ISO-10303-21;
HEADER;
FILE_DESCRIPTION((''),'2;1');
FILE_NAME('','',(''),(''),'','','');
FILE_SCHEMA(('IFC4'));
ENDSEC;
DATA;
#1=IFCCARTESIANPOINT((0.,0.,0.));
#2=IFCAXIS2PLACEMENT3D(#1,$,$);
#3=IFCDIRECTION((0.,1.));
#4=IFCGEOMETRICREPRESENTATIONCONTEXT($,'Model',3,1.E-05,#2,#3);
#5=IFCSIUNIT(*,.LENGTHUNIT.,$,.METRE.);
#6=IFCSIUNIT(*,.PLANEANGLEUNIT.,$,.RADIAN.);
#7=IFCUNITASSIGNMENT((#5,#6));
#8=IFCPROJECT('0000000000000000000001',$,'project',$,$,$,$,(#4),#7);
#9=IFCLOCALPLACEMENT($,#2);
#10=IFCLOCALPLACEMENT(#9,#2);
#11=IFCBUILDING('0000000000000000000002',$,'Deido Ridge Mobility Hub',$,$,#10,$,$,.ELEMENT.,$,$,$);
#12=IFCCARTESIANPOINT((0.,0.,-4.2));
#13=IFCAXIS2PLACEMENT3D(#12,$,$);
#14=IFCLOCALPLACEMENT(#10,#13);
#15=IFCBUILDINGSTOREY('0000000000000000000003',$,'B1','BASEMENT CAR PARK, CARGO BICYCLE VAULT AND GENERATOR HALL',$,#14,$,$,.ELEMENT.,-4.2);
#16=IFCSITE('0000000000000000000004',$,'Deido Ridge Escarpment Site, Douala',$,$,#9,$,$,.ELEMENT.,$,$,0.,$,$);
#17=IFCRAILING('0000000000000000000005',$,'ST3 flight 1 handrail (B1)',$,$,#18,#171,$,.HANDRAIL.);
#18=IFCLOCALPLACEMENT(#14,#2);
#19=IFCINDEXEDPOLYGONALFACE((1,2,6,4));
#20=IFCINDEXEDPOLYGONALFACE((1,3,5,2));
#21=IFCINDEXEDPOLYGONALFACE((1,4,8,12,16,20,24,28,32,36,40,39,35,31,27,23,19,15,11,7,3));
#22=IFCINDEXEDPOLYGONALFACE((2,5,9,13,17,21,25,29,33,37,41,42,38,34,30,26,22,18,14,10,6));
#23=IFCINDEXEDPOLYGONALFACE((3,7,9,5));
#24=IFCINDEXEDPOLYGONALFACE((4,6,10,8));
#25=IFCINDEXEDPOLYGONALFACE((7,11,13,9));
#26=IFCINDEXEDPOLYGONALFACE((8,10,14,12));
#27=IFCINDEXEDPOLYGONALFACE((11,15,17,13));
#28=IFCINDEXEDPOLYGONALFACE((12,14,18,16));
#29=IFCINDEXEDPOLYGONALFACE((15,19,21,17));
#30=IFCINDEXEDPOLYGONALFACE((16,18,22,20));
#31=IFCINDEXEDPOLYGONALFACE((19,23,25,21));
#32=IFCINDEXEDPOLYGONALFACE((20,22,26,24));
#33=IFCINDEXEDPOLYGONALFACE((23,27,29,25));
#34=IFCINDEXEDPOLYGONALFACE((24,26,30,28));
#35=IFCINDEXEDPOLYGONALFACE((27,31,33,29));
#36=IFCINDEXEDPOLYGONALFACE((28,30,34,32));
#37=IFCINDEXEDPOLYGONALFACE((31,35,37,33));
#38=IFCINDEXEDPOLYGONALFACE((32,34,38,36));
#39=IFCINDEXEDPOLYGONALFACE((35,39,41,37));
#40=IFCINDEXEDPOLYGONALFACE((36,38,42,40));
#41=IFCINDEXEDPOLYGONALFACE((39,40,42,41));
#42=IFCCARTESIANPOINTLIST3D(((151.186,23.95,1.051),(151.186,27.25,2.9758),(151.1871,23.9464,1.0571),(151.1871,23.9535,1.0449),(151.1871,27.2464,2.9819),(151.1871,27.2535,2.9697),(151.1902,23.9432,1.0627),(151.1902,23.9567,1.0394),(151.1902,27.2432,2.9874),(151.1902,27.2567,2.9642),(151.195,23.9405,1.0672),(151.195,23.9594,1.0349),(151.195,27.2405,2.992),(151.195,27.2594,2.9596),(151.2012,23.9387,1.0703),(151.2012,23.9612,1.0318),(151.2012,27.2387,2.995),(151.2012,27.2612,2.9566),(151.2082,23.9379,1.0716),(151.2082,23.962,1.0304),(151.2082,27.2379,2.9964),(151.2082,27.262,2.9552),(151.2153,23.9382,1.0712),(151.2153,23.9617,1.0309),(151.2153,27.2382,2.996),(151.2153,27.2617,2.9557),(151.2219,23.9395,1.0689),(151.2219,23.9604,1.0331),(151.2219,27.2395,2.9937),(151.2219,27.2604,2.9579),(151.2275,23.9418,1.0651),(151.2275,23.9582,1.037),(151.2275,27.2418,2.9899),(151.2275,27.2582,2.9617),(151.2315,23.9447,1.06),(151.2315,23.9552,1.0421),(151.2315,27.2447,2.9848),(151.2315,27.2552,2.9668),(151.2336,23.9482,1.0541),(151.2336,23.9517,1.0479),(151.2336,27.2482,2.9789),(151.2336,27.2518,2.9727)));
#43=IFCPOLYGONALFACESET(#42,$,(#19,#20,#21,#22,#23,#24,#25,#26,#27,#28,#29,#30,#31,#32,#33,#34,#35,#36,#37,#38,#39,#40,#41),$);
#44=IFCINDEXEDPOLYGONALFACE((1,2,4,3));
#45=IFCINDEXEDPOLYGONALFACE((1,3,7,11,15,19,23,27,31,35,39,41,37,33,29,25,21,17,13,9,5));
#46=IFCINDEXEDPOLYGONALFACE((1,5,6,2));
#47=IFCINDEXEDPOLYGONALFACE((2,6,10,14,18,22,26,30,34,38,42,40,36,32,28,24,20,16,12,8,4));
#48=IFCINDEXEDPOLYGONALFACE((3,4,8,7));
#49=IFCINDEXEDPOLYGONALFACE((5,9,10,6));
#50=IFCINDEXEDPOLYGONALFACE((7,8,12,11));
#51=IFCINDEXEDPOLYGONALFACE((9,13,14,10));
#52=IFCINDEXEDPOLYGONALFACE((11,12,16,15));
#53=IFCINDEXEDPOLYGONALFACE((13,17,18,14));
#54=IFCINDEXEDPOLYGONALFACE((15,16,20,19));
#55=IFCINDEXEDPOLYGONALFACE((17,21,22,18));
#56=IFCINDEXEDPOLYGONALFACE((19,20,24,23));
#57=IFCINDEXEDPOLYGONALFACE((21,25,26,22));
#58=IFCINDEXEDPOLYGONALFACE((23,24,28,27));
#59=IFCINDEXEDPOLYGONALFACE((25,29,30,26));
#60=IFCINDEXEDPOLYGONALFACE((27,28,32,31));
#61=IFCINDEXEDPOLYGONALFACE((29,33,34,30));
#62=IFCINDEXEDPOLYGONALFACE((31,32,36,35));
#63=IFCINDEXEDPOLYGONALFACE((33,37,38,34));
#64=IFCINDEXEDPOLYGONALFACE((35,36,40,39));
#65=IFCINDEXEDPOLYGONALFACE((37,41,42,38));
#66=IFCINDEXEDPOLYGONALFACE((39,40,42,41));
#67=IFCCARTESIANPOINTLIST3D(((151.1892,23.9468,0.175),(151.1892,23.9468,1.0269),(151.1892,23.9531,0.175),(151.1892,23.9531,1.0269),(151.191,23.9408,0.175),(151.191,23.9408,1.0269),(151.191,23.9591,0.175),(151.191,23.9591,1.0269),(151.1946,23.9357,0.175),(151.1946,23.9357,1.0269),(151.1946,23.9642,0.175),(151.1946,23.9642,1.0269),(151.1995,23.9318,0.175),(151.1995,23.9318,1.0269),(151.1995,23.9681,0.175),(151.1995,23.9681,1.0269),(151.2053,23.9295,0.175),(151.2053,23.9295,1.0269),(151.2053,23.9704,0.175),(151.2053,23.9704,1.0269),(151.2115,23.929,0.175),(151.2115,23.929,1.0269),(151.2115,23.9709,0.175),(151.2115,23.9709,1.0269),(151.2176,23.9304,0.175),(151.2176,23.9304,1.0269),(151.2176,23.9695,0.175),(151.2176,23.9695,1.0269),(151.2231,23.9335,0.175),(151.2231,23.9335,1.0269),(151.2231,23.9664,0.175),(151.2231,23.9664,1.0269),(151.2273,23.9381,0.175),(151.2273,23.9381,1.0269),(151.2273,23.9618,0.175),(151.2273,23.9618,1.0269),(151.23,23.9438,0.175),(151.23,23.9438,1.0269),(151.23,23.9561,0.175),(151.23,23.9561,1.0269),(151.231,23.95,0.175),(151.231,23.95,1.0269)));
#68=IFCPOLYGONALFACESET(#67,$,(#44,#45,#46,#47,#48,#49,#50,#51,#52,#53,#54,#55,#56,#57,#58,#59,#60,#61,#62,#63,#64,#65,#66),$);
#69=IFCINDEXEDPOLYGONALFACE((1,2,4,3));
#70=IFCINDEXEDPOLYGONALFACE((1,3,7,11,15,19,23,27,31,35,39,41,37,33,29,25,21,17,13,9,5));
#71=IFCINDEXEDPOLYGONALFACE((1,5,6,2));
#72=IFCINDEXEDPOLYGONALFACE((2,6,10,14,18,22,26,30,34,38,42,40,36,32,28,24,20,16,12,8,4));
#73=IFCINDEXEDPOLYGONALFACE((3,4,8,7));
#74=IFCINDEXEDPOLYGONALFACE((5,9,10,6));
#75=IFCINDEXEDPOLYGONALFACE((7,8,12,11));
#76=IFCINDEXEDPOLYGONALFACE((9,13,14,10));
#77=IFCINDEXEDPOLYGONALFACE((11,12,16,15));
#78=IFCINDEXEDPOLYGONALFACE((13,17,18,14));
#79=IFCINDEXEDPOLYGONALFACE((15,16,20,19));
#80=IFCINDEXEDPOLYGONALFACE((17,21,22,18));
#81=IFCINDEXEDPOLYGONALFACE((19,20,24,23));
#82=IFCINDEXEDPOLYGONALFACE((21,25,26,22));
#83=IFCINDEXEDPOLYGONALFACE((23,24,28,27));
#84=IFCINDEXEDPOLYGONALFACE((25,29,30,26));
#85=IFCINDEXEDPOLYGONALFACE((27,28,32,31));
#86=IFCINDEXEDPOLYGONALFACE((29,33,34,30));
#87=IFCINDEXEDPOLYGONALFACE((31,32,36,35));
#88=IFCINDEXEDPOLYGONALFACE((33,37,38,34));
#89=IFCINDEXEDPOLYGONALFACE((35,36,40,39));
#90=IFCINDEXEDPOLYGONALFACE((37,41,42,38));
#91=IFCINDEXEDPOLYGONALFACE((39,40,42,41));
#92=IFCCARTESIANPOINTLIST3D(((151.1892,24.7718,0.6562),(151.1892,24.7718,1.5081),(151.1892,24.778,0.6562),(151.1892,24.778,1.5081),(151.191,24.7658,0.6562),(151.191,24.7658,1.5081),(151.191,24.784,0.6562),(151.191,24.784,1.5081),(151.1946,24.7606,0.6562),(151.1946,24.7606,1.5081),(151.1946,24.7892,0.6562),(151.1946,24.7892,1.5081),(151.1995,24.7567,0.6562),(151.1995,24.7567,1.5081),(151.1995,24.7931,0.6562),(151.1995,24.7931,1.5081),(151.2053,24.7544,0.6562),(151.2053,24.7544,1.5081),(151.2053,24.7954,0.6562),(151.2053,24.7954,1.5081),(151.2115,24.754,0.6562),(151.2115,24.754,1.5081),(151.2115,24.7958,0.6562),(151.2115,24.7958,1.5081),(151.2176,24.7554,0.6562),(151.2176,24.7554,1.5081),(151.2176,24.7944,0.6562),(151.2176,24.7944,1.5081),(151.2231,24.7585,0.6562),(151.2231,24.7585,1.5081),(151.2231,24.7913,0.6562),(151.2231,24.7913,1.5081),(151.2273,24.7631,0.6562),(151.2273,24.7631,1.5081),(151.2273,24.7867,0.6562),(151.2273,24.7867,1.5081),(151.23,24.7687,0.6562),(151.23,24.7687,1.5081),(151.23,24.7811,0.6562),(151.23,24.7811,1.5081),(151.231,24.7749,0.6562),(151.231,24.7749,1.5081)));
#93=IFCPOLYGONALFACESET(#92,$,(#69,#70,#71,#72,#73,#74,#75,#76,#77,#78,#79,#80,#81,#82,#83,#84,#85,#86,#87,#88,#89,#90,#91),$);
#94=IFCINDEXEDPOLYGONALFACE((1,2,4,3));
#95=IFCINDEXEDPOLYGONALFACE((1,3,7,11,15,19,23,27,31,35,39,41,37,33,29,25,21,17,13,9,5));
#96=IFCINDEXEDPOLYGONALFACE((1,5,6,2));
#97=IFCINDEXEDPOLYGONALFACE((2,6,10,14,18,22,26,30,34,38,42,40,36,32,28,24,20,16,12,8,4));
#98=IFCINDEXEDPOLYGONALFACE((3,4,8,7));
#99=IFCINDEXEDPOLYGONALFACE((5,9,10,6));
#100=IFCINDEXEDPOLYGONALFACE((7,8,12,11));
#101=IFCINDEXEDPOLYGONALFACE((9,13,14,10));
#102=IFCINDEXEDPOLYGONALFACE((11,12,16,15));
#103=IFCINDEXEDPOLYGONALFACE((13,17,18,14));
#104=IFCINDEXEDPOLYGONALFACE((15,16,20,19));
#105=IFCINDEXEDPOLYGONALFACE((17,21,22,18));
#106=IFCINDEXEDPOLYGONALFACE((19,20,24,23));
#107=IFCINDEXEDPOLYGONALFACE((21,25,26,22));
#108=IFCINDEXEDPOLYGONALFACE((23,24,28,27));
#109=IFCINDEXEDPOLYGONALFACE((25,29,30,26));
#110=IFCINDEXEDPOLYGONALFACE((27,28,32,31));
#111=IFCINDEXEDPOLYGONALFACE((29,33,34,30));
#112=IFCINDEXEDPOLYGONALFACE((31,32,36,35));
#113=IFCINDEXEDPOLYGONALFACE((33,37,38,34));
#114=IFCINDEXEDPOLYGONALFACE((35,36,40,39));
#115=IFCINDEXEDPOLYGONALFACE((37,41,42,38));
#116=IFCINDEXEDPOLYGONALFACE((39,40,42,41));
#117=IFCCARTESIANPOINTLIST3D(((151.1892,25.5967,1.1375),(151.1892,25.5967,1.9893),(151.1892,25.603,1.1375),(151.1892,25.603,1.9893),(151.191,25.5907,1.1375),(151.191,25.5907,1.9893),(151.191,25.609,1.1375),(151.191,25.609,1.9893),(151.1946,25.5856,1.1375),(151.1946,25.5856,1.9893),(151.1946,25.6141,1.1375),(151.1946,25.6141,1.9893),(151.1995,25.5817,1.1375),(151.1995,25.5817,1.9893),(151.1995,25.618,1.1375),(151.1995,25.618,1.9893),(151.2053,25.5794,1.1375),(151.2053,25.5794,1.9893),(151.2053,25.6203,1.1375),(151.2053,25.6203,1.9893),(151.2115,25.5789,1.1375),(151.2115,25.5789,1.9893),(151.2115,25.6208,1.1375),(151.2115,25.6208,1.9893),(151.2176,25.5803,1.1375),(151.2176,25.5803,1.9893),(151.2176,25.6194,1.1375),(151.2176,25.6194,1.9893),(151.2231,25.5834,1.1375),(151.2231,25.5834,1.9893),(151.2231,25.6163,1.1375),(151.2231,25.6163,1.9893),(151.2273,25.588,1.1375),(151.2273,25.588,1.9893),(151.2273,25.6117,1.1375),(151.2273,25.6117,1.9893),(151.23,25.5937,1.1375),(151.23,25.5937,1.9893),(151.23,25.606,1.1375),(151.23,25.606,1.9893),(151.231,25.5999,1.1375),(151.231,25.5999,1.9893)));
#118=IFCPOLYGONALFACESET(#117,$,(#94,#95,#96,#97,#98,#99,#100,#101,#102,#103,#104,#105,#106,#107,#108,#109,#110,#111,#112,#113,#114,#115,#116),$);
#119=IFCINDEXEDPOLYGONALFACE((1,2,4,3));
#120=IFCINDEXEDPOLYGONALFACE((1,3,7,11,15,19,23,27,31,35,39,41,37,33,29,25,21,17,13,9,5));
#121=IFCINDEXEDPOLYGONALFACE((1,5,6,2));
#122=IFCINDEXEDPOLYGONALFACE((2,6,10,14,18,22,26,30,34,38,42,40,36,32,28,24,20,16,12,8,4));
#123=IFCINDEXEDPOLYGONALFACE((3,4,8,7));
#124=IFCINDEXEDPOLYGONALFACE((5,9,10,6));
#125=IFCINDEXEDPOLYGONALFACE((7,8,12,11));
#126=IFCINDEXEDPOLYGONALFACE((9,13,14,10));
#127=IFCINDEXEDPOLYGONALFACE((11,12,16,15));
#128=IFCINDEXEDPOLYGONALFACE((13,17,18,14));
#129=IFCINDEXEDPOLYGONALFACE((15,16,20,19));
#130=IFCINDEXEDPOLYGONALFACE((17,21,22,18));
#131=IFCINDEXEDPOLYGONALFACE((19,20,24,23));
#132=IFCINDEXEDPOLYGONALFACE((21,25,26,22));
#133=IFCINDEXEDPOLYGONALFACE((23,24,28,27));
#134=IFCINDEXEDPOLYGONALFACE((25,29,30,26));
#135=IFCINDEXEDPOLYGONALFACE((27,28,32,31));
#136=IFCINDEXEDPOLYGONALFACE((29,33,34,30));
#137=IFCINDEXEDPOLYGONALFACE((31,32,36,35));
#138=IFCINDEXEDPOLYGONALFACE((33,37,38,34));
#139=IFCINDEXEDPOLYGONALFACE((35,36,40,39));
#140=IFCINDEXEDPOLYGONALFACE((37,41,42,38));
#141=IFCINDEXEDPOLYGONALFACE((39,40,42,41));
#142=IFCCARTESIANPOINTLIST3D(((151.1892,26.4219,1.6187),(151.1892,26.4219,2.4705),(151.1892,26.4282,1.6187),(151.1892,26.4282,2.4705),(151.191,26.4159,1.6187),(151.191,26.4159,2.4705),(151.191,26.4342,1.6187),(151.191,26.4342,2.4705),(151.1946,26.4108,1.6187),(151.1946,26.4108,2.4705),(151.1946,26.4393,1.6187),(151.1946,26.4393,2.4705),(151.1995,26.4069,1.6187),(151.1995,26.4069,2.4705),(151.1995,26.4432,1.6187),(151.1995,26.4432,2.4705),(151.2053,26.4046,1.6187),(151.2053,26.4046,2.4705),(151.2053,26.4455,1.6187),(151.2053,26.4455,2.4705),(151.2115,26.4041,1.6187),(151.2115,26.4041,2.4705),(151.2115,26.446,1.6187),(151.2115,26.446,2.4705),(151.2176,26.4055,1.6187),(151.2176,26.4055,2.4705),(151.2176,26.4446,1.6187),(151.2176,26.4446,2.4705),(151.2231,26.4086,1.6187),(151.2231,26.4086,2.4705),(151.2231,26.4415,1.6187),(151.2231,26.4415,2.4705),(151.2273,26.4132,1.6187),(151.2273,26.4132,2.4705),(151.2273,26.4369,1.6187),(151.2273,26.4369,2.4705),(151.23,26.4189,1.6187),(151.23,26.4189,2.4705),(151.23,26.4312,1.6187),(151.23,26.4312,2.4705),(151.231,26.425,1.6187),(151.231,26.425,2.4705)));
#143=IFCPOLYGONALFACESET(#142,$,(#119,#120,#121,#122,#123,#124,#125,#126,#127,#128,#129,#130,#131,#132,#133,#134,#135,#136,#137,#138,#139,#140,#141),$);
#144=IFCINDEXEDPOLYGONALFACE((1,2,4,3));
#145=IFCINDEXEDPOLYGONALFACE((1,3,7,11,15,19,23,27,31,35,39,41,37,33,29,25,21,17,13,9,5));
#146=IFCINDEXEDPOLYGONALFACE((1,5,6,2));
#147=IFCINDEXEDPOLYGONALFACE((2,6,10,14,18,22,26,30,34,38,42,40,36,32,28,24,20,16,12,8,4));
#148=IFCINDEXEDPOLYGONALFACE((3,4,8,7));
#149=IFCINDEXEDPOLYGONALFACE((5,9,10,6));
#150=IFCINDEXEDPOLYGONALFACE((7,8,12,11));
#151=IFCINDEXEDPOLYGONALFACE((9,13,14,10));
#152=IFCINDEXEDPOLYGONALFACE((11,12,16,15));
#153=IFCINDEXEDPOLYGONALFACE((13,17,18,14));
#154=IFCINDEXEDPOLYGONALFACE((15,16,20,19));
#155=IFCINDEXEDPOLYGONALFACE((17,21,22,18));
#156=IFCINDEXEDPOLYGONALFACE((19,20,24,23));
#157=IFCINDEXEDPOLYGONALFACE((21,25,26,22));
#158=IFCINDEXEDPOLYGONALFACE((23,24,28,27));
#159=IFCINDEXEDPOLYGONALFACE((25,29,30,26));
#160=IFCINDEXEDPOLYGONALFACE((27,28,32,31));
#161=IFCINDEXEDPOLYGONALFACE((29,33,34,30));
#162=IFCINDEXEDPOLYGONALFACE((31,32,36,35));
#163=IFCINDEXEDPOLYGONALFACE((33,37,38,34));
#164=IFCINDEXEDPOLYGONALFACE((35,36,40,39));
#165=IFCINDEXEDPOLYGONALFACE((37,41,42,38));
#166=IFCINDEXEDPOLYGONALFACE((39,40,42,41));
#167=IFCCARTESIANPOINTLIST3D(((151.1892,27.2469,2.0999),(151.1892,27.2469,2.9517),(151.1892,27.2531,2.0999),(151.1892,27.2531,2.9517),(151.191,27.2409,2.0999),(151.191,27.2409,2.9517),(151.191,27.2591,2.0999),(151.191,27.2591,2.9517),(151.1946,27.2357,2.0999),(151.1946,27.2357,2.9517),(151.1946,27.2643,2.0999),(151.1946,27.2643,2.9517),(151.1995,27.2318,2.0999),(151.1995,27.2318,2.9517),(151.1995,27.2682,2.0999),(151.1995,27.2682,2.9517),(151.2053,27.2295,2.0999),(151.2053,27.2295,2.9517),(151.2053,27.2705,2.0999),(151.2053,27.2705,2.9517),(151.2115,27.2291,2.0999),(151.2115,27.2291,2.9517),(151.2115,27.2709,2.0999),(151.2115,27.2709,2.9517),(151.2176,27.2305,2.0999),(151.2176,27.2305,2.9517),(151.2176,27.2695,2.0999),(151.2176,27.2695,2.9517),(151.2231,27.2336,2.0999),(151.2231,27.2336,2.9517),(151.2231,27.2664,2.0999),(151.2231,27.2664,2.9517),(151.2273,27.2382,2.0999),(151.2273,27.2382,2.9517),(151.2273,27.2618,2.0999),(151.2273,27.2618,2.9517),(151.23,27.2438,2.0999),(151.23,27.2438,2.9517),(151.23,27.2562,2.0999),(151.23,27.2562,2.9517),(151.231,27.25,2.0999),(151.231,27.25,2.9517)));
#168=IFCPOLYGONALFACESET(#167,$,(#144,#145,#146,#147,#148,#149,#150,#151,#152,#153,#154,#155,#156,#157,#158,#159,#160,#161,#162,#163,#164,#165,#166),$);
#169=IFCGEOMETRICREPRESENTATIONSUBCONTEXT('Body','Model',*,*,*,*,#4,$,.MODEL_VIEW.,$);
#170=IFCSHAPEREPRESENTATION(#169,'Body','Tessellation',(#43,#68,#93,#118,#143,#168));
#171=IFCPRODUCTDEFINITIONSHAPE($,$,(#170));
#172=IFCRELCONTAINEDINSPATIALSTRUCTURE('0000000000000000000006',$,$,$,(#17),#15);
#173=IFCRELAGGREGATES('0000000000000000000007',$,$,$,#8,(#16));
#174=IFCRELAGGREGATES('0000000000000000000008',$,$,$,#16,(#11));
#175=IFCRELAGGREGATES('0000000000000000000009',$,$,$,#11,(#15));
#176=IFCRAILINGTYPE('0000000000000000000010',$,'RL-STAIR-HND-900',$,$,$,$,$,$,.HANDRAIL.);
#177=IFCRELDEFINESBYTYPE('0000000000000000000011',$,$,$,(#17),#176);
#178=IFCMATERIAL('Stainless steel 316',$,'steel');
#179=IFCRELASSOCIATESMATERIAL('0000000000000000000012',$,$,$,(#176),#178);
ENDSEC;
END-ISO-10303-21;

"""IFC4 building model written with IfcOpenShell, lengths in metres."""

from ifc_helpers import new_model, si_unit, direction, frame, origin, origin_2d, place, context, subcontext, project, spatial, circle, extrude, material, type_object, element, save


model = new_model("IFC4")

# Units and contexts
model_context = context("Model", 3, precision=1e-05, world=origin(), true_north=direction((0.0, 1.0)))
body_context = subcontext(model_context, "Body", "Model", "MODEL_VIEW")
ifc_project = project(units=[si_unit("LENGTHUNIT", "METRE"), si_unit("PLANEANGLEUNIT", "RADIAN")], contexts=[model_context])

# Site, building, storey
site_placement = place(None, origin())
site = spatial("IfcSite", under=ifc_project, at=site_placement, Name="Deido Ridge Escarpment Site, Douala", CompositionType="ELEMENT", RefElevation=0.0)
building_placement = place(site_placement, origin())
building = spatial("IfcBuilding", under=site, at=building_placement, Name="Deido Ridge Mobility Hub", CompositionType="ELEMENT")
storey_placement = place(building_placement, frame((0.0, 0.0, -4.2)))
storey = spatial("IfcBuildingStorey", under=building, at=storey_placement, Name="B1", Description="BASEMENT CAR PARK, CARGO BICYCLE VAULT AND GENERATOR HALL", CompositionType="ELEMENT", Elevation=-4.2)

# Shared definitions
ifc_material_1 = material(Name="Stainless steel 316", Category="steel")

# Railing
railing_type_1 = type_object("IfcRailingType", Name="RL-STAIR-HND-900", PredefinedType="HANDRAIL", material=ifc_material_1)
railing_1_placement = place(storey_placement, frame((151.21, 23.95, 0.175)))
element("IfcRailing", 1, at=railing_1_placement, inside=storey, type_object=railing_type_1, Name="ST3 flight 1 handrail (B1)", PredefinedType="HANDRAIL", context=body_context, shape_type="SweptSolid", body=[
    extrude(circle(Radius=0.0239, at=origin_2d()), frame((0.0, 0.0, 0.876), z_axis=(0.0, 0.863804, 0.503827), x_axis=(-1.0, 0.0, 0.0)), (0.0, 0.0, 1.0), 3.8203),
    extrude(circle(Radius=0.021, at=origin_2d()), origin(), (0.0, 0.0, 1.0), 0.8518),
    extrude(circle(Radius=0.021, at=origin_2d()), frame((0.0, 0.825, 0.4812)), (0.0, 0.0, 1.0), 0.8518),
    extrude(circle(Radius=0.021, at=origin_2d()), frame((0.0, 1.6499, 0.9624)), (0.0, 0.0, 1.0), 0.8518),
    extrude(circle(Radius=0.021, at=origin_2d()), frame((0.0, 2.4751, 1.4436)), (0.0, 0.0, 1.0), 0.8518),
    extrude(circle(Radius=0.021, at=origin_2d()), frame((0.0, 3.3, 1.9248)), (0.0, 0.0, 1.0), 0.8518),
])

save(model, "model.ifc")
